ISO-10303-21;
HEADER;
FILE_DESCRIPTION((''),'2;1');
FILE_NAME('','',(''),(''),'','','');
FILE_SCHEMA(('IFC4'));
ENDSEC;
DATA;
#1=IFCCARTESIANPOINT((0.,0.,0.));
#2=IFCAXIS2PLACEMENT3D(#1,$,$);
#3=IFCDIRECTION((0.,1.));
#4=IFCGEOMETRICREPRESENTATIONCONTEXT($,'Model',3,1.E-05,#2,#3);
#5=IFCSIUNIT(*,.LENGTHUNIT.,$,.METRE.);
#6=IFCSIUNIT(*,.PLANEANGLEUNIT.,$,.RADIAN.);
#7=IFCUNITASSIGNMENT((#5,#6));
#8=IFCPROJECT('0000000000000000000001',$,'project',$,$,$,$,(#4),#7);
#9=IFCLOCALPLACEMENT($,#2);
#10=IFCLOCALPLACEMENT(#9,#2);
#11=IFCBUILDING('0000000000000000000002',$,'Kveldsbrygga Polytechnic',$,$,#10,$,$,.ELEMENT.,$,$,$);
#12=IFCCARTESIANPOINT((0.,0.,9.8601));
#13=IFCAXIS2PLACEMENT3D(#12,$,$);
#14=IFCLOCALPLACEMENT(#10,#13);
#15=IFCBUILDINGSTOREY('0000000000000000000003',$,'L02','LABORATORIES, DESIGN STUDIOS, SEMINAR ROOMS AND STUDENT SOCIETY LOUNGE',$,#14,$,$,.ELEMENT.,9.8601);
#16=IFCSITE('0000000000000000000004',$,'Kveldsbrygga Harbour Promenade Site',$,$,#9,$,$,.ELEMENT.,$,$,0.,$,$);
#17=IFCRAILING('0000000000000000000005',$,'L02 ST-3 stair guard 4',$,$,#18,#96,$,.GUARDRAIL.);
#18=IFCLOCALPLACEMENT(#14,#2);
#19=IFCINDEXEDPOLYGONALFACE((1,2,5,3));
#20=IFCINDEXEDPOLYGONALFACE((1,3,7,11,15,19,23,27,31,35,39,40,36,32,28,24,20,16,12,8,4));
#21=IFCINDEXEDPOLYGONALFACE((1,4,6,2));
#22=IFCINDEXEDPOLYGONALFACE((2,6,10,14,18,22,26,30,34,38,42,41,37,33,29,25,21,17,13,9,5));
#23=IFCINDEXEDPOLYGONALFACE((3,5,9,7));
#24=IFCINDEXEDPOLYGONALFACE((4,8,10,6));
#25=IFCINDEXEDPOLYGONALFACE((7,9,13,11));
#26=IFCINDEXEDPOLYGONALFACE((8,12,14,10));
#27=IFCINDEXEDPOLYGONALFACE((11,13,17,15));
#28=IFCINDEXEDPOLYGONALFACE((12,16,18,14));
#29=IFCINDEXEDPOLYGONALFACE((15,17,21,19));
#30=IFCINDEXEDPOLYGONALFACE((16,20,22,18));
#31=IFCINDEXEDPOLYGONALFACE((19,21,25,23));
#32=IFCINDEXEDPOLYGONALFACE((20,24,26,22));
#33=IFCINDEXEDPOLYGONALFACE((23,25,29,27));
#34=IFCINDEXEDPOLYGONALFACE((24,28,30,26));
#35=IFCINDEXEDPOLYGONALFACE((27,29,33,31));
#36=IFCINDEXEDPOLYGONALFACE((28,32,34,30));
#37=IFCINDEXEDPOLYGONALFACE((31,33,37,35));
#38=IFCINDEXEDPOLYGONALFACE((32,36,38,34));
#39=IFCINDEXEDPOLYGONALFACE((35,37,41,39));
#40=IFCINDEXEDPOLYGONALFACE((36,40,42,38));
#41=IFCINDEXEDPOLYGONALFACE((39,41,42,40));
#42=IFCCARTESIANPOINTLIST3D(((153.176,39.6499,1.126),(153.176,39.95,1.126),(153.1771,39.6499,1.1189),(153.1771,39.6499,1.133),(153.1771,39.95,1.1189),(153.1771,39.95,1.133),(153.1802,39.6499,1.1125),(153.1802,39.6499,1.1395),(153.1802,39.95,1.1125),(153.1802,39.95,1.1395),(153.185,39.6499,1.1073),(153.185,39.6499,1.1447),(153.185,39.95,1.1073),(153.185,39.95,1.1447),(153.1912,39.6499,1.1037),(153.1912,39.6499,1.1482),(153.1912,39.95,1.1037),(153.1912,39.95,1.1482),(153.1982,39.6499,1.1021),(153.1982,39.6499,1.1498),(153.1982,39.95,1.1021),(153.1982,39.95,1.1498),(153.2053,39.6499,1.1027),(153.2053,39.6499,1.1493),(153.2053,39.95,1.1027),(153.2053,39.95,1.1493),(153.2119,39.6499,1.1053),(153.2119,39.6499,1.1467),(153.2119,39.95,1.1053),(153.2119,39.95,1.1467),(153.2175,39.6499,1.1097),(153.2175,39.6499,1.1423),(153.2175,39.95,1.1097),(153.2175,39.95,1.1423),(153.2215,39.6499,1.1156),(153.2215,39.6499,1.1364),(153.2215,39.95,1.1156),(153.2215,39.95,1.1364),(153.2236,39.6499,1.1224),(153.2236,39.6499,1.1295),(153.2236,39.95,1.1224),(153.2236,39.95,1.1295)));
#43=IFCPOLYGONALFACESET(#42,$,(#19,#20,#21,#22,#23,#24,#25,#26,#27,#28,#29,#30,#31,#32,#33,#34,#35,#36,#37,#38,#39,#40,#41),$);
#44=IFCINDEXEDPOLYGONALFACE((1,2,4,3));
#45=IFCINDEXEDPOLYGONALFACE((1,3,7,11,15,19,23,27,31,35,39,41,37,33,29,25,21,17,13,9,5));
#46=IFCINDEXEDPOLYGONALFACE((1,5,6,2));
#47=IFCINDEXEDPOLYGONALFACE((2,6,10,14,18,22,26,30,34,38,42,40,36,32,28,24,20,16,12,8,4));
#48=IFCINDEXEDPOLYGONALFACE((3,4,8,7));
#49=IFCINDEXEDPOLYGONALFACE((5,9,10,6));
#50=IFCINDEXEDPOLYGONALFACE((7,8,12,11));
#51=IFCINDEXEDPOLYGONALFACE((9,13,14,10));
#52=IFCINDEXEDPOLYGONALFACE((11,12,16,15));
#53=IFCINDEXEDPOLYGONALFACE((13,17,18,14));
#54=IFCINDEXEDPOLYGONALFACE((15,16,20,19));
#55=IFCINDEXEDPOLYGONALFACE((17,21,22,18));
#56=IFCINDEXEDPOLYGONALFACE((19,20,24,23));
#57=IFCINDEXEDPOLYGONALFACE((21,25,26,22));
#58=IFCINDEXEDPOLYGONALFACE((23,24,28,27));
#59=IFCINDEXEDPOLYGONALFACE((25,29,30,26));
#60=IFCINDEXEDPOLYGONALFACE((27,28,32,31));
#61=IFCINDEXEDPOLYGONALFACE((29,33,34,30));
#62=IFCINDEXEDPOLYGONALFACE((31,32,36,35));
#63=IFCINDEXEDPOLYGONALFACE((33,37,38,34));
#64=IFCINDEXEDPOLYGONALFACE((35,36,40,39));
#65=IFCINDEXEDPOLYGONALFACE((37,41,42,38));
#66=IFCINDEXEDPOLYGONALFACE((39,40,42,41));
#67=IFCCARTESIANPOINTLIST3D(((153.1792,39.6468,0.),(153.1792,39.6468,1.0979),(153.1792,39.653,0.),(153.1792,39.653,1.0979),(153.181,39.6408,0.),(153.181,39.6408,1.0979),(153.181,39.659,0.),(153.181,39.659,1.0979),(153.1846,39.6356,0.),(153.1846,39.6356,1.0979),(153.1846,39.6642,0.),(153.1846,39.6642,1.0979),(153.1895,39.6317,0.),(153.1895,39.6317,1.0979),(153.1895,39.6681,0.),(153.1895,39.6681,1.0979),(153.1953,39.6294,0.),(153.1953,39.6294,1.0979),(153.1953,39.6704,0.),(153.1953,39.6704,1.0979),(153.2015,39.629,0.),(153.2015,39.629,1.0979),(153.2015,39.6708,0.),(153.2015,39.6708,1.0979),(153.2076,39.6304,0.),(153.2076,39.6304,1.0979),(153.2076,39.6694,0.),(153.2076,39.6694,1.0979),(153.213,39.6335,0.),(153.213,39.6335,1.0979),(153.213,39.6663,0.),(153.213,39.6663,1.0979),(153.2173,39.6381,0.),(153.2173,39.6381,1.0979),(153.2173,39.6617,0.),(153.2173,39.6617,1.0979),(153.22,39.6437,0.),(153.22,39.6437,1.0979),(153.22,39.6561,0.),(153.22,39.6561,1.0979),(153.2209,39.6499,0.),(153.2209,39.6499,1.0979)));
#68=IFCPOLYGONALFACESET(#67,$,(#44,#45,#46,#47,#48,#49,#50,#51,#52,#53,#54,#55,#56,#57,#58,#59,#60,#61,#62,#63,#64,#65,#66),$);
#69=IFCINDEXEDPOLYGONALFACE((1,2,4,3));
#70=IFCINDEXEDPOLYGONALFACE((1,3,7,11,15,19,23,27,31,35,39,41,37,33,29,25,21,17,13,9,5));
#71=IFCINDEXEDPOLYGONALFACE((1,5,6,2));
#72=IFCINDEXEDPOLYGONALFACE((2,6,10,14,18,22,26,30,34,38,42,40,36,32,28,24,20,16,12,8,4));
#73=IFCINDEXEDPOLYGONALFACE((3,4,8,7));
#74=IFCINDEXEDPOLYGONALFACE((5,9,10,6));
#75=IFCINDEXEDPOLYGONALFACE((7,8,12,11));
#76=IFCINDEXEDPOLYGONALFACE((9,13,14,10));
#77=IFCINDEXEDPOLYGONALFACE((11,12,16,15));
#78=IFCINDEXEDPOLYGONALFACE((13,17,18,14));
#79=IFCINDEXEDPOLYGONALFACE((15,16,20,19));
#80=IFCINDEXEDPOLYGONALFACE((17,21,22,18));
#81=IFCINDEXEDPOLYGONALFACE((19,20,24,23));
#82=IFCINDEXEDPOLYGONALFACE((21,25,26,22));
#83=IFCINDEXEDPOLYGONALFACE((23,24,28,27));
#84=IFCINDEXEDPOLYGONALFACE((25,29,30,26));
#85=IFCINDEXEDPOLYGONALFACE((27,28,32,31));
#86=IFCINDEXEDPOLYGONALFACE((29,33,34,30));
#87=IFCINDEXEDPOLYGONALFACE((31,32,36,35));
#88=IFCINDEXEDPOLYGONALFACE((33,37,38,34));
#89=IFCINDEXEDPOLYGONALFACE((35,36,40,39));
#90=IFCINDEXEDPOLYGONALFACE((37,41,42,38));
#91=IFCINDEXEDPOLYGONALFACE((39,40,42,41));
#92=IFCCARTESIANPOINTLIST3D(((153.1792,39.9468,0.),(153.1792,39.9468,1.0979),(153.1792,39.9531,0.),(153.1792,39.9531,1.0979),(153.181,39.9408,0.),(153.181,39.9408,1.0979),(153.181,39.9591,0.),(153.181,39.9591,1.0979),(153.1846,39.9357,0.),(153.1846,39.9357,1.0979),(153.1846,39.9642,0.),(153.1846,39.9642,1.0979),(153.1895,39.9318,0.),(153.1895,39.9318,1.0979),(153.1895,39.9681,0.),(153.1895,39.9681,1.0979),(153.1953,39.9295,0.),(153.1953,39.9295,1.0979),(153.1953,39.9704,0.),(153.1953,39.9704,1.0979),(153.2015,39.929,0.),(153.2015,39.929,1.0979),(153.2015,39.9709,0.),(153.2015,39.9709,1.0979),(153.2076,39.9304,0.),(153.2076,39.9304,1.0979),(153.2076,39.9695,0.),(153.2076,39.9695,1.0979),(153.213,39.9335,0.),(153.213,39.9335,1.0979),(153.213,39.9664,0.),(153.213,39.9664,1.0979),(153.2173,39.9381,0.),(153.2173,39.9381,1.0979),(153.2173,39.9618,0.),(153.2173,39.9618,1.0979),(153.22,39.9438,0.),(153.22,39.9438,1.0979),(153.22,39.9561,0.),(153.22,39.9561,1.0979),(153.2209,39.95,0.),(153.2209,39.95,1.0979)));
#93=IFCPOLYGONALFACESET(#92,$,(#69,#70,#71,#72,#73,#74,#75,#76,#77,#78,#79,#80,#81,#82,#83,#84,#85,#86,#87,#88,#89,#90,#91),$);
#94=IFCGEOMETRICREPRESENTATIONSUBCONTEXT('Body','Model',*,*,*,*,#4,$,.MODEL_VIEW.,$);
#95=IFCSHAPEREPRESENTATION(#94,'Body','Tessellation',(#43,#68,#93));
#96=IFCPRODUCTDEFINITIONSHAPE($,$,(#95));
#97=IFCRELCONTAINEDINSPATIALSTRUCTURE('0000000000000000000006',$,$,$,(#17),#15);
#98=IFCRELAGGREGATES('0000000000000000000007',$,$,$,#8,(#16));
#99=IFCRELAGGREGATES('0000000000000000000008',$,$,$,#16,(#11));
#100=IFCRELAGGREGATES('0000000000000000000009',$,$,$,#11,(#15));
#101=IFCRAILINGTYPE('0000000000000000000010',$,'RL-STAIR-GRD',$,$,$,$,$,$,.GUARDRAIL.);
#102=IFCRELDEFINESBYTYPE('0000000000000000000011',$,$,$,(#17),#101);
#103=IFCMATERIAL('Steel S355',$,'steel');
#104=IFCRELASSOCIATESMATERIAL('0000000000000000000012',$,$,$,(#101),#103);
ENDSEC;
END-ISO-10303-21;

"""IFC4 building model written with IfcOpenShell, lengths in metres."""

from ifc_helpers import new_model, si_unit, direction, frame, origin, origin_2d, place, context, subcontext, project, spatial, circle, extrude, material, type_object, element, save


model = new_model("IFC4")

# Units and contexts
model_context = context("Model", 3, precision=1e-05, world=origin(), true_north=direction((0.0, 1.0)))
body_context = subcontext(model_context, "Body", "Model", "MODEL_VIEW")
ifc_project = project(units=[si_unit("LENGTHUNIT", "METRE"), si_unit("PLANEANGLEUNIT", "RADIAN")], contexts=[model_context])

# Site, building, storey
site_placement = place(None, origin())
site = spatial("IfcSite", under=ifc_project, at=site_placement, Name="Kveldsbrygga Harbour Promenade Site", CompositionType="ELEMENT", RefElevation=0.0)
building_placement = place(site_placement, origin())
building = spatial("IfcBuilding", under=site, at=building_placement, Name="Kveldsbrygga Polytechnic", CompositionType="ELEMENT")
storey_placement = place(building_placement, frame((0.0, 0.0, 9.8601)))
storey = spatial("IfcBuildingStorey", under=building, at=storey_placement, Name="L02", Description="LABORATORIES, DESIGN STUDIOS, SEMINAR ROOMS AND STUDENT SOCIETY LOUNGE", CompositionType="ELEMENT", Elevation=9.8601)

# Shared definitions
ifc_material_1 = material(Name="Steel S355", Category="steel")

# Railing
railing_type_1 = type_object("IfcRailingType", Name="RL-STAIR-GRD", PredefinedType="GUARDRAIL", material=ifc_material_1)
railing_1_placement = place(storey_placement, frame((153.2, 39.6499, 0.0)))
element("IfcRailing", 1, at=railing_1_placement, inside=storey, type_object=railing_type_1, Name="L02 ST-3 stair guard 4", PredefinedType="GUARDRAIL", context=body_context, shape_type="SweptSolid", body=[
    extrude(circle(Radius=0.0239, at=origin_2d()), frame((0.0, 0.0, 1.126), z_axis=(0.0, 1.0, 0.0), x_axis=(-1.0, 0.0, 0.0)), (0.0, 0.0, 1.0), 0.3),
    extrude(circle(Radius=0.021, at=origin_2d()), origin(), (0.0, 0.0, 1.0), 1.0979),
    extrude(circle(Radius=0.021, at=origin_2d()), frame((0.0, 0.3, 0.0)), (0.0, 0.0, 1.0), 1.0979),
])

save(model, "model.ifc")
